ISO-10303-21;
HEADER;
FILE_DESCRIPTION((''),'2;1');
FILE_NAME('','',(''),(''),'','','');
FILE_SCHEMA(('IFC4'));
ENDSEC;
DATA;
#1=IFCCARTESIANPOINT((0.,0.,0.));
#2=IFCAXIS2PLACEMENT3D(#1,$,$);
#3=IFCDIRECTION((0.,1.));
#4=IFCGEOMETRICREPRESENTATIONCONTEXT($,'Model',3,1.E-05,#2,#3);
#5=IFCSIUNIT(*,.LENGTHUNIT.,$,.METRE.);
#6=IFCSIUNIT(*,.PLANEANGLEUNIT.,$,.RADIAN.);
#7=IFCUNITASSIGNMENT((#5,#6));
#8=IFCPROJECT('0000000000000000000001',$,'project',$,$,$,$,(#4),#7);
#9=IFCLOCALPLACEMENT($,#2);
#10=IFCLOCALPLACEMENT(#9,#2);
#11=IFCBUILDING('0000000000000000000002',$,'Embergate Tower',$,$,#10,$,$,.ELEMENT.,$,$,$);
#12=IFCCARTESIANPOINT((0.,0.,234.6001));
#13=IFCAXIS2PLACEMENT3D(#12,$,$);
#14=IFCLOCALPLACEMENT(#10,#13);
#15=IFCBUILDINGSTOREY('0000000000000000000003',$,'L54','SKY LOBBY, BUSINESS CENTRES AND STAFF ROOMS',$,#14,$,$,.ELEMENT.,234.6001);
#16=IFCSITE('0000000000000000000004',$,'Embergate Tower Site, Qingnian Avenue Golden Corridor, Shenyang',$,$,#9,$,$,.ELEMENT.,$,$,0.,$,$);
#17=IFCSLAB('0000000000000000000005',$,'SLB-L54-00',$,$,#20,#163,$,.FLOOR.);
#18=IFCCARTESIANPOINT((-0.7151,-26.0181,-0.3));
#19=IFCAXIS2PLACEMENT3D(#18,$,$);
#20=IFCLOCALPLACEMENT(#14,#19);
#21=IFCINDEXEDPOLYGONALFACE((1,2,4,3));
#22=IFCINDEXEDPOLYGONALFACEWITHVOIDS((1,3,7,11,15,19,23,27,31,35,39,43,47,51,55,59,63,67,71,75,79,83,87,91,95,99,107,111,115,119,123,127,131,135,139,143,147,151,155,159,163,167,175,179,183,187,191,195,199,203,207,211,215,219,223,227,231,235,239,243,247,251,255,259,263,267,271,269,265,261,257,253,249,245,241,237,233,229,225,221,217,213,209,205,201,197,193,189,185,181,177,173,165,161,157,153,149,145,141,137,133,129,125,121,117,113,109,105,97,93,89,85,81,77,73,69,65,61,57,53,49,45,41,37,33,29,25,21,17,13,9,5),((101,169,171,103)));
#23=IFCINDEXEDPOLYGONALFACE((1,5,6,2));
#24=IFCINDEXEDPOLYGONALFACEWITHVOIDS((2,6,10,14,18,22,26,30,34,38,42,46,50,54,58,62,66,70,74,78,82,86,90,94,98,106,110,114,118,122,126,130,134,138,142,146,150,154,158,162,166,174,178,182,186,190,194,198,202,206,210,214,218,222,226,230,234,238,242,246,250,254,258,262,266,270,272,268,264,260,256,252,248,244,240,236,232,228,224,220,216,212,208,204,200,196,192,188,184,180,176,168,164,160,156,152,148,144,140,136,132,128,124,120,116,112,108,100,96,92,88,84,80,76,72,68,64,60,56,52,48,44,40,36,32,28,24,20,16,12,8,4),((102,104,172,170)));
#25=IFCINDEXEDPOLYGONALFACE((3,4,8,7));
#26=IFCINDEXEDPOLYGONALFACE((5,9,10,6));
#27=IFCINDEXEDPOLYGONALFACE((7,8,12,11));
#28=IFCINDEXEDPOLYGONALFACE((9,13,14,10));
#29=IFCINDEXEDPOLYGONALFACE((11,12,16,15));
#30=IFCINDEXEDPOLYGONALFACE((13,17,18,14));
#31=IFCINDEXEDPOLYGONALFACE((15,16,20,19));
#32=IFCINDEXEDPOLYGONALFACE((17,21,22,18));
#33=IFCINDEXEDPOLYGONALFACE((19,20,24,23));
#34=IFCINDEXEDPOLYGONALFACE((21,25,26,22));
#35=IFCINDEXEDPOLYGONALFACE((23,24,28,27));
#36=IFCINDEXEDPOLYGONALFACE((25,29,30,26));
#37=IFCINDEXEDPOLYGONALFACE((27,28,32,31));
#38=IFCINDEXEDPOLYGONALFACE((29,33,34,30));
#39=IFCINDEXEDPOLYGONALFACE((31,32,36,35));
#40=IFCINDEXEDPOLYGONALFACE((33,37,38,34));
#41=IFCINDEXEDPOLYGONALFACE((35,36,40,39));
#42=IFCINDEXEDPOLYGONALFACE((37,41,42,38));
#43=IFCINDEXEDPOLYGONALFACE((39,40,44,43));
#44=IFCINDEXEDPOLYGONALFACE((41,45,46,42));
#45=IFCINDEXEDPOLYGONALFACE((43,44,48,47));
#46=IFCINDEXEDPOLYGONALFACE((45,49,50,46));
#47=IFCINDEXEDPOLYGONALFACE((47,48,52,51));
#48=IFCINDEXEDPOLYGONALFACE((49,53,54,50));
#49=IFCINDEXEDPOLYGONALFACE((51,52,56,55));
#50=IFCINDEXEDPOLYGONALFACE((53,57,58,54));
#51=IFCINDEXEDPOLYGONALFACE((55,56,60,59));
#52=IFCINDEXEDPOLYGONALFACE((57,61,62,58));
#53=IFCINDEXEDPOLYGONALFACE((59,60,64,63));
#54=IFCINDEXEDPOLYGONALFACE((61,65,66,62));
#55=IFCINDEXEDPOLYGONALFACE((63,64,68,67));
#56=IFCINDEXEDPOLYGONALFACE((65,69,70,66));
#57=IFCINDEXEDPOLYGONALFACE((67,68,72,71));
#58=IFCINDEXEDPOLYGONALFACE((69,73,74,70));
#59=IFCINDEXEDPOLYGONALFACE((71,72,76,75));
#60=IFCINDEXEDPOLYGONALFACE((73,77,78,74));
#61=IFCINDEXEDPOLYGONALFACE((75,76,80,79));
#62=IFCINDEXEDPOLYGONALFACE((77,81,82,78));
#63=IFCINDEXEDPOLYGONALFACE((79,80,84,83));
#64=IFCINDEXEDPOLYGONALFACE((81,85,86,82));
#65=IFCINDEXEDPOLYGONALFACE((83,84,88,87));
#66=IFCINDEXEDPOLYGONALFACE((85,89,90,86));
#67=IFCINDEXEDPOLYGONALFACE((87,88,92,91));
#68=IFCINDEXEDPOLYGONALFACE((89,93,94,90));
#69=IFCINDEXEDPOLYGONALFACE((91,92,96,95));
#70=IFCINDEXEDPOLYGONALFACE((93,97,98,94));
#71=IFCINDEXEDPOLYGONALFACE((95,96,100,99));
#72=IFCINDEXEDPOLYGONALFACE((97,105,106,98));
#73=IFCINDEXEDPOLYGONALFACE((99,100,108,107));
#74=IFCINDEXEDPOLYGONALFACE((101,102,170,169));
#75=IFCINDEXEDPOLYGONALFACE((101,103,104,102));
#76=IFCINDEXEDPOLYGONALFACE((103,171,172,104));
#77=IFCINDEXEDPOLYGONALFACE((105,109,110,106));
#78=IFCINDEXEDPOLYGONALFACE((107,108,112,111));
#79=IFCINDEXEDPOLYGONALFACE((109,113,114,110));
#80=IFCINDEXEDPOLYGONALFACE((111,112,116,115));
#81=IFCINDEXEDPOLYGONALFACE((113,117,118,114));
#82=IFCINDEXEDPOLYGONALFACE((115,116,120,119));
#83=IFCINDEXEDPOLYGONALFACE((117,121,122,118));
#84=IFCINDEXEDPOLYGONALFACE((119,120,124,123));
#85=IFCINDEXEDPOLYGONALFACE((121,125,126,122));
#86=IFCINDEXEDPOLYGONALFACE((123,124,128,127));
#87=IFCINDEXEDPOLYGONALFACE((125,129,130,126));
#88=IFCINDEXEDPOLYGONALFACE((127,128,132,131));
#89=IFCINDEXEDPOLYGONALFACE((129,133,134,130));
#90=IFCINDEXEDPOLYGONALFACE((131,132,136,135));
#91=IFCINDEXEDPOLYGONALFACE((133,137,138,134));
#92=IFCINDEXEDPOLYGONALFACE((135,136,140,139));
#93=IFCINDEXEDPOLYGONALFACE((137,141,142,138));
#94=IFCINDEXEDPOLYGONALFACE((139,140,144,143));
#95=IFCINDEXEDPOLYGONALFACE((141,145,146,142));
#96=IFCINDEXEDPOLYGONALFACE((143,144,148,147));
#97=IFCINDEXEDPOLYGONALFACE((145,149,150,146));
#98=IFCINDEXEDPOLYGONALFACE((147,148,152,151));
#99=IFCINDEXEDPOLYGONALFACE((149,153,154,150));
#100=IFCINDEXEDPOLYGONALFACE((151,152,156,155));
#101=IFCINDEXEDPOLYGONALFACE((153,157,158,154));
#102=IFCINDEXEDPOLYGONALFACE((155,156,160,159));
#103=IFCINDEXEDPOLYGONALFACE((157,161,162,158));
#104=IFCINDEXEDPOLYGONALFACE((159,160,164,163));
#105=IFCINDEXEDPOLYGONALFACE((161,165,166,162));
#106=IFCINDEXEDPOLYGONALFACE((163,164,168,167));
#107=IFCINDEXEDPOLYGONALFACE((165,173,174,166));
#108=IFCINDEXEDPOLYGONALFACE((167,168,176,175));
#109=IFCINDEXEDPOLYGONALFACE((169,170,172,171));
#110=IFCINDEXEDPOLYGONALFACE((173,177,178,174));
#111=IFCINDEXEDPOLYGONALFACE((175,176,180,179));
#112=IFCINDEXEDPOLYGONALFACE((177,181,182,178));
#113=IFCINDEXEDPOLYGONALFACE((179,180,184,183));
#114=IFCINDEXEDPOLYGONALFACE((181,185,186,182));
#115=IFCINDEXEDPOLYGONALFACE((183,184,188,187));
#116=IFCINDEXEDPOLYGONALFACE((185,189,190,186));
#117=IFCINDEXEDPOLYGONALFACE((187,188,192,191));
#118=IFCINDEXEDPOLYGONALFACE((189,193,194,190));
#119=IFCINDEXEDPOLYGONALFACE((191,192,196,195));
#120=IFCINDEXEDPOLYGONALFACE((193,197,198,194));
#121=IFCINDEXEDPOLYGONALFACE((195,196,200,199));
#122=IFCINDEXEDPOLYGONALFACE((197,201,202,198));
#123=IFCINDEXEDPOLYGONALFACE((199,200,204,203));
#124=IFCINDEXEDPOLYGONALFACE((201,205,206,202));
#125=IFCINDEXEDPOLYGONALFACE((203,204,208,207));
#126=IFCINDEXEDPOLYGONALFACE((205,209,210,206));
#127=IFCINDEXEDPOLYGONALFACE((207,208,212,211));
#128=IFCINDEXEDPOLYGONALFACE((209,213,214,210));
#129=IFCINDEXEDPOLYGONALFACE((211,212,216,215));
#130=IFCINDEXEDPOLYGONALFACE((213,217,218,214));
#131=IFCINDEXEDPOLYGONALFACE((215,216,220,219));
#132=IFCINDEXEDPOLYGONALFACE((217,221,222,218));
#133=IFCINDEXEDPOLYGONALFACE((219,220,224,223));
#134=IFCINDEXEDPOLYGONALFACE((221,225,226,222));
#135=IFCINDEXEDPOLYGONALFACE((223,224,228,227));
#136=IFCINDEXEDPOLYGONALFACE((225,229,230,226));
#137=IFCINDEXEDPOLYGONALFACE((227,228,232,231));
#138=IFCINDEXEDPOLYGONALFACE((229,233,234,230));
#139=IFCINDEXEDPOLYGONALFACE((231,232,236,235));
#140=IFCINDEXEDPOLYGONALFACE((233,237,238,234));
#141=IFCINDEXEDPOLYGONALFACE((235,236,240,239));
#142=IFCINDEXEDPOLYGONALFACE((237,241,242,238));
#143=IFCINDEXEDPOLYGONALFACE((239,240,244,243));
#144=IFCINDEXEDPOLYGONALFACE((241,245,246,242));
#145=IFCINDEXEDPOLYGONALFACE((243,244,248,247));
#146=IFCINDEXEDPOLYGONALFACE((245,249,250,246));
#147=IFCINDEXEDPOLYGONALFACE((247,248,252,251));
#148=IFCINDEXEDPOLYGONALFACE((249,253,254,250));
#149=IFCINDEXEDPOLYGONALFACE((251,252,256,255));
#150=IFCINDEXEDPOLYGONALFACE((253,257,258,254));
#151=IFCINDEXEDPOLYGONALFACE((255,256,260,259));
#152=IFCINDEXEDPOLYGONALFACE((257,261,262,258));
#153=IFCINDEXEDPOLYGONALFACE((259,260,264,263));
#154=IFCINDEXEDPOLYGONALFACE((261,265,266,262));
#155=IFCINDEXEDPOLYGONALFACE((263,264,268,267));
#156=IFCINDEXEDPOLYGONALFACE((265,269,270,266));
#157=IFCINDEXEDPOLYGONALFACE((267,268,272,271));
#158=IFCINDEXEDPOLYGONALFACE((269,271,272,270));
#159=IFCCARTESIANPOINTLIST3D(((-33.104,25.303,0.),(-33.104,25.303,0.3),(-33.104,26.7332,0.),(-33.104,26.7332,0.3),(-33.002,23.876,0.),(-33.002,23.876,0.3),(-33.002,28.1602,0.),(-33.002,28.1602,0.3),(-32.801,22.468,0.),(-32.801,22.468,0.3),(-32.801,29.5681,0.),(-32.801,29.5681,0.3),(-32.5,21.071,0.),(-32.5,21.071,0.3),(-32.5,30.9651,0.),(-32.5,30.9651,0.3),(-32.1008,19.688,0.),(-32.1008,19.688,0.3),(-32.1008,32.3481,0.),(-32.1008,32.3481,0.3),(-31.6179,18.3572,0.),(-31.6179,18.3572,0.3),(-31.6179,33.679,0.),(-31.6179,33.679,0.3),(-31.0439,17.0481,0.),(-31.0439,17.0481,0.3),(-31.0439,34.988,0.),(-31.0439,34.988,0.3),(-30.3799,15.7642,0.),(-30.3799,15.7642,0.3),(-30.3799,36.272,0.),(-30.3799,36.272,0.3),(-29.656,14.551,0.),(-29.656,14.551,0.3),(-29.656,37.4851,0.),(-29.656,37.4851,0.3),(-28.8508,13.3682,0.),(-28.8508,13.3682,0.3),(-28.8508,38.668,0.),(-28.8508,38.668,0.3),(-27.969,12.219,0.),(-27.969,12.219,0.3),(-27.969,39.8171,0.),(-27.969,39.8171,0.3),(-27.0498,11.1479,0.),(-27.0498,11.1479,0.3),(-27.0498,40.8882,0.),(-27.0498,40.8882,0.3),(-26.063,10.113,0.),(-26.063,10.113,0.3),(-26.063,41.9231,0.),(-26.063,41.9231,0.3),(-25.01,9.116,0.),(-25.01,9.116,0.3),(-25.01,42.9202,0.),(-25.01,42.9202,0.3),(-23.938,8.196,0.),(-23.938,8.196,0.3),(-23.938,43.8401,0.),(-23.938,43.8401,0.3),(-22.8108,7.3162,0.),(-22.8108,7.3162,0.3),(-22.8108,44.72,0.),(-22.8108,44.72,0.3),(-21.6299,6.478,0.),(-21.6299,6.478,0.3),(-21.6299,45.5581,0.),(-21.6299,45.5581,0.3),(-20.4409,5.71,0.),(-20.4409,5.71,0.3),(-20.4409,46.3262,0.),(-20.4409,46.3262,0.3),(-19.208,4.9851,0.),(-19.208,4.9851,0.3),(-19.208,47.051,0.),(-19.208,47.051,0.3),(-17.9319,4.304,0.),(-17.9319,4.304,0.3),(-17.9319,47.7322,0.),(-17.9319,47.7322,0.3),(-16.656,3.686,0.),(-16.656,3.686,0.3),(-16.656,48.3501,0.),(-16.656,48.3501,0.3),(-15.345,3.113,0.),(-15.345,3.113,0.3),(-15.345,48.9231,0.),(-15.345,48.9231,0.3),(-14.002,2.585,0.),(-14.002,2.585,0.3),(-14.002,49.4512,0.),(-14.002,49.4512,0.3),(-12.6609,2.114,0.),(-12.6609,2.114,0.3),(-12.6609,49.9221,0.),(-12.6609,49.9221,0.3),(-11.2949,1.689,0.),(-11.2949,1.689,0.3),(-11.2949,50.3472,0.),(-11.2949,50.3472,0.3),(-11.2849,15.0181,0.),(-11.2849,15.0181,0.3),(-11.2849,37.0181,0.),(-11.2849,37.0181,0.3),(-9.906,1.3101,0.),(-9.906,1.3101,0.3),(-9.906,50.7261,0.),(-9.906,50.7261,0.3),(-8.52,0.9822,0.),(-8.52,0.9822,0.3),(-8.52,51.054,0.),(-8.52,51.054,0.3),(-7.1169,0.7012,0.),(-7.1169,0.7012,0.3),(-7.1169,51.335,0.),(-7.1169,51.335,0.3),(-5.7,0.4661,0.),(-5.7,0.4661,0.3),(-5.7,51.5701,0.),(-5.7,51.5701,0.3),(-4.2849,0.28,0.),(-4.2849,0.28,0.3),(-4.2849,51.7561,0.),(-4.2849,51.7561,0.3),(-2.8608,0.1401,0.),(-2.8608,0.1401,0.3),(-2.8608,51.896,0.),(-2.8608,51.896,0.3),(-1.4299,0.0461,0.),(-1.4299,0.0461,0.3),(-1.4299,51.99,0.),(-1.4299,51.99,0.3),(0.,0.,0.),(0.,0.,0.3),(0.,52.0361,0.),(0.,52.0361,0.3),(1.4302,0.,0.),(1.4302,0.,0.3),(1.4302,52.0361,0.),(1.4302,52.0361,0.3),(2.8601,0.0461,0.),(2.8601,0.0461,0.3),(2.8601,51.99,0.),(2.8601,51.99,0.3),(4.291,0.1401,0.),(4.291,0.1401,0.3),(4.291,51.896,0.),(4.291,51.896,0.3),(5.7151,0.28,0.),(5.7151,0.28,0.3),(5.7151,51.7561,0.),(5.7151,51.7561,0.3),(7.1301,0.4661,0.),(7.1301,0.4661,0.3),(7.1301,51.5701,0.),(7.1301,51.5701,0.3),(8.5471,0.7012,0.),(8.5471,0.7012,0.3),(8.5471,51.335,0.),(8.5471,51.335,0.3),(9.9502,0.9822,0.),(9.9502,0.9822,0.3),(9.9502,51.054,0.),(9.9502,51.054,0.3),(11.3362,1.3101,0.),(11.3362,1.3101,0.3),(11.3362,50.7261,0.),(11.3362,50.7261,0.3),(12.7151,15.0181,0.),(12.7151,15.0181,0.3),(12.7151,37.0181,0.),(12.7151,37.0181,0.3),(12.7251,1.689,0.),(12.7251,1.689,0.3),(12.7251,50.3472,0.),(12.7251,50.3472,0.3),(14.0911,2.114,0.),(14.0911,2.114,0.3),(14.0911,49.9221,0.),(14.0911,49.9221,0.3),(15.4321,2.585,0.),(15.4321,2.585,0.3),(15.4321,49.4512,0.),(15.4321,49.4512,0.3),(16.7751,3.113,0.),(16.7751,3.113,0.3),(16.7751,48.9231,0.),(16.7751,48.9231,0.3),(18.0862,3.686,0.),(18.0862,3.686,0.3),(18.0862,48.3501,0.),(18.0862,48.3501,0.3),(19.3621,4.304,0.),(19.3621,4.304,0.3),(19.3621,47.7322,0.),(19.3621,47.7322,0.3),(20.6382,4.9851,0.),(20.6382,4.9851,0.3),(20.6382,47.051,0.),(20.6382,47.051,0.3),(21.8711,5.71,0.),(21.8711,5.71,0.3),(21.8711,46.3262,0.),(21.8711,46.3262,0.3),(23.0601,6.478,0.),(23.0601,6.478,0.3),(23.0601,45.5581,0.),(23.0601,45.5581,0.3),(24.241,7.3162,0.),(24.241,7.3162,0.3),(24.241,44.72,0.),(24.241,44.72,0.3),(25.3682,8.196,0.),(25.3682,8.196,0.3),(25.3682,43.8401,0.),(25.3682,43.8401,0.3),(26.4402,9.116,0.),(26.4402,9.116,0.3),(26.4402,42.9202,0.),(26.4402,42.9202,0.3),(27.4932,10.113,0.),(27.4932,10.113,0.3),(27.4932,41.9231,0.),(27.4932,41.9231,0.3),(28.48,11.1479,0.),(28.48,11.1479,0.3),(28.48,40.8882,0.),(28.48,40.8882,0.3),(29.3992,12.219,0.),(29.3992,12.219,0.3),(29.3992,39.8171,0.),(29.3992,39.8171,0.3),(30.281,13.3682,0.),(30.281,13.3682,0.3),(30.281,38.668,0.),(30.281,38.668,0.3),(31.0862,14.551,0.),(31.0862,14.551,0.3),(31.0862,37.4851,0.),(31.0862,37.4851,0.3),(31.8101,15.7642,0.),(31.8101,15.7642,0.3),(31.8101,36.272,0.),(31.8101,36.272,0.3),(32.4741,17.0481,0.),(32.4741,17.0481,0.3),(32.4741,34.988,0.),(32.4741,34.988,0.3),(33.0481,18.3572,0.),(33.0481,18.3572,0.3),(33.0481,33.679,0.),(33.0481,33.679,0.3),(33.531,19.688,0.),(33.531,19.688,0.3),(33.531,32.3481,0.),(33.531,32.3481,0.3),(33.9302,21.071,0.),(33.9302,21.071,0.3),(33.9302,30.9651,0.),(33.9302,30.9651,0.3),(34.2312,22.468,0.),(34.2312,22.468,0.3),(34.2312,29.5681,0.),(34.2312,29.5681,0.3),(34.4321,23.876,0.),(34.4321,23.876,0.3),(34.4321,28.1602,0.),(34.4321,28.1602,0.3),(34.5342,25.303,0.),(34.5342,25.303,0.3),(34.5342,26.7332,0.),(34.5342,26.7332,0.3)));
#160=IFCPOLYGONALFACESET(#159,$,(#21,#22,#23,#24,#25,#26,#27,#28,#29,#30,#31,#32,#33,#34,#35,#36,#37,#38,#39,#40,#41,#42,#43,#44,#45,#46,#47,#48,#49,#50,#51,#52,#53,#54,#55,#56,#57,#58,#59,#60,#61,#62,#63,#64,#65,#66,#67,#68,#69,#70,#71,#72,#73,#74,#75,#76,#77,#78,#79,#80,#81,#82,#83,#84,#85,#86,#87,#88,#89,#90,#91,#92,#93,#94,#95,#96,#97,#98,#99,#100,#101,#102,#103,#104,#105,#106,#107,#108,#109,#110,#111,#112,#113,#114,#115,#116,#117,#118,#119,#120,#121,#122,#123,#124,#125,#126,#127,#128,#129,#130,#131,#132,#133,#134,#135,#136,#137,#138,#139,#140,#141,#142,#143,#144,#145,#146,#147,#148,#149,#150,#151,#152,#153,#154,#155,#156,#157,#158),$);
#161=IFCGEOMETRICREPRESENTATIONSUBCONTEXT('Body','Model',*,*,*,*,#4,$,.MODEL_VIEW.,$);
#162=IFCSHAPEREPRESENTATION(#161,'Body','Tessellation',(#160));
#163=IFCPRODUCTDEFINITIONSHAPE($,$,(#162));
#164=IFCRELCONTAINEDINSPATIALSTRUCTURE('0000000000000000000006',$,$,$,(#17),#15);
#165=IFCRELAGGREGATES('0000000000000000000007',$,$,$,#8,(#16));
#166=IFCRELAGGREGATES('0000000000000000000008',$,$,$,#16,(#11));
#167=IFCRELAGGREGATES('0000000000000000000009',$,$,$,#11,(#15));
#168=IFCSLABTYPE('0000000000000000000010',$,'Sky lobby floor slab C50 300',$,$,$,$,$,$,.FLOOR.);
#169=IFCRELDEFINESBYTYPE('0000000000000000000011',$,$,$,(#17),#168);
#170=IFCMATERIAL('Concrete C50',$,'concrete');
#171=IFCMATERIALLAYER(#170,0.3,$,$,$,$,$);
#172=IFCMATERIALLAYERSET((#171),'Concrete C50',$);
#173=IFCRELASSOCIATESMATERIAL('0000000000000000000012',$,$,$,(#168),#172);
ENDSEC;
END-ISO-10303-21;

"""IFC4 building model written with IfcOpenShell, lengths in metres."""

from ifc_helpers import new_model, si_unit, direction, frame, origin, place, context, subcontext, project, spatial, polyline, outline, extrude, source, transform, mapped, material, layer, layer_set, type_object, element, save


model = new_model("IFC4")

# Units and contexts
model_context = context("Model", 3, precision=1e-05, world=origin(), true_north=direction((0.0, 1.0)))
body_context = subcontext(model_context, "Body", "Model", "MODEL_VIEW")
ifc_project = project(units=[si_unit("LENGTHUNIT", "METRE"), si_unit("PLANEANGLEUNIT", "RADIAN")], contexts=[model_context])

# Site, building, storey
site_placement = place(None, origin())
site = spatial("IfcSite", under=ifc_project, at=site_placement, Name="Embergate Tower Site, Qingnian Avenue Golden Corridor, Shenyang", CompositionType="ELEMENT", RefElevation=0.0)
building_placement = place(site_placement, origin())
building = spatial("IfcBuilding", under=site, at=building_placement, Name="Embergate Tower", CompositionType="ELEMENT")
storey_placement = place(building_placement, frame((0.0, 0.0, 234.6001)))
storey = spatial("IfcBuildingStorey", under=building, at=storey_placement, Name="L54", Description="SKY LOBBY, BUSINESS CENTRES AND STAFF ROOMS", CompositionType="ELEMENT", Elevation=234.6001)

# Slab
ifc_material_1 = material(Name="Concrete C50", Category="concrete")
ifc_layer_1 = layer(ifc_material_1, 0.3)
ifc_layer_set_1 = layer_set([ifc_layer_1], Name="Concrete C50")
slab_type = type_object("IfcSlabType", Name="Sky lobby floor slab C50 300", PredefinedType="FLOOR", material=ifc_layer_set_1)
shared_shape_1 = source(origin(), body_context, "Body", "SweptSolid", [
    extrude(outline(polyline([(0.0, 0.0), (1.4302, 0.0), (2.8601, 0.0461), (4.291, 0.1401), (5.7151, 0.28), (7.1301, 0.4661), (8.5471, 0.7012), (9.9502, 0.9822), (11.3362, 1.3101), (12.7251, 1.689), (14.0911, 2.114), (15.4321, 2.585), (16.7751, 3.113), (18.0862, 3.686), (19.3621, 4.304), (20.6382, 4.9851), (21.8711, 5.71), (23.0601, 6.478), (24.241, 7.3162), (25.3682, 8.196), (26.4402, 9.116), (27.4932, 10.113), (28.48, 11.1479), (29.3992, 12.219), (30.281, 13.3682), (31.0862, 14.551), (31.8101, 15.7642), (32.4741, 17.0481), (33.0481, 18.3572), (33.531, 19.688), (33.9302, 21.071), (34.2312, 22.468), (34.4321, 23.876), (34.5342, 25.303), (34.5342, 26.7332), (34.4321, 28.1602), (34.2312, 29.5681), (33.9302, 30.9651), (33.531, 32.3481), (33.0481, 33.679), (32.4741, 34.988), (31.8101, 36.272), (31.0862, 37.4851), (30.281, 38.668), (29.3992, 39.8171), (28.48, 40.8882), (27.4932, 41.9231), (26.4402, 42.9202), (25.3682, 43.8401), (24.241, 44.72), (23.0601, 45.5581), (21.8711, 46.3262), (20.6382, 47.051), (19.3621, 47.7322), (18.0862, 48.3501), (16.7751, 48.9231), (15.4321, 49.4512), (14.0911, 49.9221), (12.7251, 50.3472), (11.3362, 50.7261), (9.9502, 51.054), (8.5471, 51.335), (7.1301, 51.5701), (5.7151, 51.7561), (4.291, 51.896), (2.8601, 51.99), (1.4302, 52.0361), (0.0, 52.0361), (-1.4299, 51.99), (-2.8608, 51.896), (-4.2849, 51.7561), (-5.7, 51.5701), (-7.1169, 51.335), (-8.52, 51.054), (-9.906, 50.7261), (-11.2949, 50.3472), (-12.6609, 49.9221), (-14.002, 49.4512), (-15.345, 48.9231), (-16.656, 48.3501), (-17.9319, 47.7322), (-19.208, 47.051), (-20.4409, 46.3262), (-21.6299, 45.5581), (-22.8108, 44.72), (-23.938, 43.8401), (-25.01, 42.9202), (-26.063, 41.9231), (-27.0498, 40.8882), (-27.969, 39.8171), (-28.8508, 38.668), (-29.656, 37.4851), (-30.3799, 36.272), (-31.0439, 34.988), (-31.6179, 33.679), (-32.1008, 32.3481), (-32.5, 30.9651), (-32.801, 29.5681), (-33.002, 28.1602), (-33.104, 26.7332), (-33.104, 25.303), (-33.002, 23.876), (-32.801, 22.468), (-32.5, 21.071), (-32.1008, 19.688), (-31.6179, 18.3572), (-31.0439, 17.0481), (-30.3799, 15.7642), (-29.656, 14.551), (-28.8508, 13.3682), (-27.969, 12.219), (-27.0498, 11.1479), (-26.063, 10.113), (-25.01, 9.116), (-23.938, 8.196), (-22.8108, 7.3162), (-21.6299, 6.478), (-20.4409, 5.71), (-19.208, 4.9851), (-17.9319, 4.304), (-16.656, 3.686), (-15.345, 3.113), (-14.002, 2.585), (-12.6609, 2.114), (-11.2949, 1.689), (-9.906, 1.3101), (-8.52, 0.9822), (-7.1169, 0.7012), (-5.7, 0.4661), (-4.2849, 0.28), (-2.8608, 0.1401), (-1.4299, 0.0461), (0.0, 0.0)]), holes=[polyline([(-11.2849, 15.0181), (-11.2849, 37.0181), (12.7151, 37.0181), (12.7151, 15.0181), (-11.2849, 15.0181)])]), origin(), (0.0, 0.0, 1.0), 0.3),
])
slab_placement = place(storey_placement, frame((-0.7151, -26.0181, -0.3)))
element("IfcSlab", 1, at=slab_placement, inside=storey, type_object=slab_type, Name="SLB-L54-00", PredefinedType="FLOOR", context=body_context, shape_type="MappedRepresentation", body=[
    mapped(shared_shape_1, transform((0.0, 0.0, 0.0))),
])

save(model, "model.ifc")
